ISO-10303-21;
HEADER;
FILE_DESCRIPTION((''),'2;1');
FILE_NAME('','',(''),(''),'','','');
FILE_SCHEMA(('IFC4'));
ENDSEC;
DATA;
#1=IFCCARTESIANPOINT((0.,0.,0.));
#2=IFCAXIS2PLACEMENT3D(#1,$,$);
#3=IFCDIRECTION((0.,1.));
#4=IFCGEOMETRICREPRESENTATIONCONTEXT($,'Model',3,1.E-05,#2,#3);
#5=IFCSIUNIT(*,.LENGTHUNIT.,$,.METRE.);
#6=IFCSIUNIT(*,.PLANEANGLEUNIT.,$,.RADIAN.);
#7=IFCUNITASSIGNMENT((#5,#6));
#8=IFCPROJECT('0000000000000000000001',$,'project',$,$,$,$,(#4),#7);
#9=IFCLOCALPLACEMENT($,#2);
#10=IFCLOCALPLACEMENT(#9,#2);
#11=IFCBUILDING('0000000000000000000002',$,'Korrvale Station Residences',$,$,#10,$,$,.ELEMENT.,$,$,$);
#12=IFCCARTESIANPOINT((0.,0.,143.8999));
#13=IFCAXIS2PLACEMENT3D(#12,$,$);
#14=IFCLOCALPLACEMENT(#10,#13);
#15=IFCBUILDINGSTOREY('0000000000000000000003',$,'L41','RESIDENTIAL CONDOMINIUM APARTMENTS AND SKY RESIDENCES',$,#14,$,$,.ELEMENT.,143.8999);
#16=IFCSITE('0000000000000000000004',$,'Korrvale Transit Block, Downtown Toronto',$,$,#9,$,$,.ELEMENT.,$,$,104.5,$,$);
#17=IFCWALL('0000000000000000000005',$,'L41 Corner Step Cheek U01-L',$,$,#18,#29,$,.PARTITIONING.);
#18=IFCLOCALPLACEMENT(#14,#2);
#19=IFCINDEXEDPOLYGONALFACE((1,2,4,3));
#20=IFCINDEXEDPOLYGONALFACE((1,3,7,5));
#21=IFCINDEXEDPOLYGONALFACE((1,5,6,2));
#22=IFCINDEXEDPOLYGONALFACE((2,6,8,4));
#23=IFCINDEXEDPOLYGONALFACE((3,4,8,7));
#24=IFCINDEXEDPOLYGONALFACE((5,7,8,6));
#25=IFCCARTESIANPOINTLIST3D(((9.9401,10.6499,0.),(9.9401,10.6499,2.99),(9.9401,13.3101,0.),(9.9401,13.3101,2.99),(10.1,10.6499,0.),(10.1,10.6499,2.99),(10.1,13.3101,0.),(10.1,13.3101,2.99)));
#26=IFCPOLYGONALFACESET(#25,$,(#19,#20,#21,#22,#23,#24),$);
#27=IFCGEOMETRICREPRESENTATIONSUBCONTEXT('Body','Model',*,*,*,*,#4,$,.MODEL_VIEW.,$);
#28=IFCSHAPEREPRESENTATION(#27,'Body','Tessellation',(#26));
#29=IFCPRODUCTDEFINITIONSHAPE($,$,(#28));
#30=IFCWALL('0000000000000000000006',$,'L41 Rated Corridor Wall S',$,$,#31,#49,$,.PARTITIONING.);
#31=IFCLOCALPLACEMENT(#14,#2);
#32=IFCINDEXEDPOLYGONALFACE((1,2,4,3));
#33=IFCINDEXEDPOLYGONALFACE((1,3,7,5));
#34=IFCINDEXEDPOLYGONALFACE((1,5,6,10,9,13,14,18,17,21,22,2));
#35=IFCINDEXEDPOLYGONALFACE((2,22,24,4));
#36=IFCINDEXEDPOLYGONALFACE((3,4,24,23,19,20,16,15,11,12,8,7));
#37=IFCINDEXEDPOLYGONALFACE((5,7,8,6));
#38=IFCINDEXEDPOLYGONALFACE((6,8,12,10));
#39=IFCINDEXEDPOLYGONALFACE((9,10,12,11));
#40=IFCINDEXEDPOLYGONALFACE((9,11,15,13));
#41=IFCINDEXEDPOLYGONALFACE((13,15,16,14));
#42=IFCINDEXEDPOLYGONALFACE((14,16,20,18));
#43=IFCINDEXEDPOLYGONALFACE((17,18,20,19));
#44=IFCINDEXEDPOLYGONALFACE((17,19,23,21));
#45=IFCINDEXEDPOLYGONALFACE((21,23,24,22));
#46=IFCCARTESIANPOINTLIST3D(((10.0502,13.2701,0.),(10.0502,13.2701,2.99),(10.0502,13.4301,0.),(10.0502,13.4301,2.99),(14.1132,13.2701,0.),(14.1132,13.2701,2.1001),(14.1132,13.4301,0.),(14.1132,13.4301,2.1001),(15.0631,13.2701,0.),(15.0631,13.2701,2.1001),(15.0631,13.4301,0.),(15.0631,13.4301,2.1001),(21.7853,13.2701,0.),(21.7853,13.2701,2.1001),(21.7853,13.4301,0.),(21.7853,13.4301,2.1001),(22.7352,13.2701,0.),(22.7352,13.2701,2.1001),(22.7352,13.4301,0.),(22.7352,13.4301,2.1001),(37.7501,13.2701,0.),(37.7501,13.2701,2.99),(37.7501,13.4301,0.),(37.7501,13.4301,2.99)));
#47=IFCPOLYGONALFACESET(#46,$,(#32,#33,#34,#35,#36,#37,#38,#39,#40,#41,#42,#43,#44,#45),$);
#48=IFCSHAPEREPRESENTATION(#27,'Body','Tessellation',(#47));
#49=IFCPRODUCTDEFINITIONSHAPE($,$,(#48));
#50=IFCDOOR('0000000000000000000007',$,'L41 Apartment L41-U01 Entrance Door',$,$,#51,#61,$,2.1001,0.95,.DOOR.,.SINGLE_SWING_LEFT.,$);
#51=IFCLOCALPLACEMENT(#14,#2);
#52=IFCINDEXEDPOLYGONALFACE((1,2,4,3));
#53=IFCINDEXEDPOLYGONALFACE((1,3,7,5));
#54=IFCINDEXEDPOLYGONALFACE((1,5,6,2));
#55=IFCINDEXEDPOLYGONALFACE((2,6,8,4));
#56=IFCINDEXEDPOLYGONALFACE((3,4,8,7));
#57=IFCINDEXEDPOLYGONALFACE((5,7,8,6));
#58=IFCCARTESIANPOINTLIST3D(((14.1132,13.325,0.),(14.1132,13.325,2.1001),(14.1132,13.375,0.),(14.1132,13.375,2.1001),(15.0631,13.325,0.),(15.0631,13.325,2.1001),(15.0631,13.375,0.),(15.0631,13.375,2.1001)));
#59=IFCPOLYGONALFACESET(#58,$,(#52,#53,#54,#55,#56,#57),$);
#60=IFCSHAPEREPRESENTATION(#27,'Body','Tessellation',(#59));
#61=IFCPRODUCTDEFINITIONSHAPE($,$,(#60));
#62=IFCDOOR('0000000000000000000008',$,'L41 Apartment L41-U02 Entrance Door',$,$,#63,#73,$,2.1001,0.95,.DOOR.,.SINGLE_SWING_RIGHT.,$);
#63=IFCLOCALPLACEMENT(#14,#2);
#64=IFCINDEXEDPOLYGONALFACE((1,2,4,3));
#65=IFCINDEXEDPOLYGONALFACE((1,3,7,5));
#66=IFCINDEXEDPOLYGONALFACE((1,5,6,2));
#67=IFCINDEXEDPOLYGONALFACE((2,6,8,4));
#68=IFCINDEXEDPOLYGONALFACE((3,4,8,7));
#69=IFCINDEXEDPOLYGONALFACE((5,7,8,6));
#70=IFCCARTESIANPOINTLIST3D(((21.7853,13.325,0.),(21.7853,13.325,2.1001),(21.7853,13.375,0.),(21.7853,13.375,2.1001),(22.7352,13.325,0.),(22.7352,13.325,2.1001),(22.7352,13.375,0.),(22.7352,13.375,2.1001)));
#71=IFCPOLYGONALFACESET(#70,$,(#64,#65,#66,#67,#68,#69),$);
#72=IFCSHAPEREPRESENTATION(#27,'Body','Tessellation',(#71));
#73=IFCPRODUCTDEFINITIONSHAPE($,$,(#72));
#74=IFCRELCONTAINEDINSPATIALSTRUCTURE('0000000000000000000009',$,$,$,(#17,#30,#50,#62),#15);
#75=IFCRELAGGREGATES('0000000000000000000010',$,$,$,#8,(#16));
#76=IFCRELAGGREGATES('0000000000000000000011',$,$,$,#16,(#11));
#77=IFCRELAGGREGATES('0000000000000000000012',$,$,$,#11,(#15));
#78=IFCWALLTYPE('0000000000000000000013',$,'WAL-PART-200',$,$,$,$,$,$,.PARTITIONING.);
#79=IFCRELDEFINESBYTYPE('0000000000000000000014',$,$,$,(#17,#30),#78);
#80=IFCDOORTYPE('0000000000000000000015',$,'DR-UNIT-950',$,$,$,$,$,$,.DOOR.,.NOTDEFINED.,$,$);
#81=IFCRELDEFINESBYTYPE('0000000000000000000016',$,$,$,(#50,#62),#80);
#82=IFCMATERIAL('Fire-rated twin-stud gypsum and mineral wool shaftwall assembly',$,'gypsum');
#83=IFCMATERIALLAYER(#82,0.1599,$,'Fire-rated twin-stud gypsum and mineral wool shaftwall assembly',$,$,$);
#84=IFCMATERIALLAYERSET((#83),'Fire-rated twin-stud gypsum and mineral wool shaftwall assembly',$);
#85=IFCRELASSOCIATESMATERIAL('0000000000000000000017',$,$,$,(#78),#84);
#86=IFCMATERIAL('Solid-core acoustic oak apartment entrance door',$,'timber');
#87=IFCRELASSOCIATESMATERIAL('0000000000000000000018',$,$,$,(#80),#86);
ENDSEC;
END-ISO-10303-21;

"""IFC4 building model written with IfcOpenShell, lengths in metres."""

from ifc_helpers import new_model, si_unit, direction, frame, frame_2d, origin, place, context, subcontext, project, spatial, rectangle, extrude, material, layer, layer_set, type_object, element, fill, save


model = new_model("IFC4")

# Units and contexts
model_context = context("Model", 3, precision=1e-05, world=origin(), true_north=direction((0.0, 1.0)))
body_context = subcontext(model_context, "Body", "Model", "MODEL_VIEW")
ifc_project = project(units=[si_unit("LENGTHUNIT", "METRE"), si_unit("PLANEANGLEUNIT", "RADIAN")], contexts=[model_context])

# Site, building, storey
site_placement = place(None, origin())
site = spatial("IfcSite", under=ifc_project, at=site_placement, Name="Korrvale Transit Block, Downtown Toronto", CompositionType="ELEMENT", RefElevation=104.5)
building_placement = place(site_placement, origin())
building = spatial("IfcBuilding", under=site, at=building_placement, Name="Korrvale Station Residences", CompositionType="ELEMENT")
storey_placement = place(building_placement, frame((0.0, 0.0, 143.8999)))
storey = spatial("IfcBuildingStorey", under=building, at=storey_placement, Name="L41", Description="RESIDENTIAL CONDOMINIUM APARTMENTS AND SKY RESIDENCES", CompositionType="ELEMENT", Elevation=143.8999)

# Wall
ifc_material_1 = material(Name="Fire-rated twin-stud gypsum and mineral wool shaftwall assembly", Category="gypsum")
ifc_layer_1 = layer(ifc_material_1, 0.1599, Name="Fire-rated twin-stud gypsum and mineral wool shaftwall assembly")
ifc_layer_set_1 = layer_set([ifc_layer_1], Name="Fire-rated twin-stud gypsum and mineral wool shaftwall assembly")
wall_type_1 = type_object("IfcWallType", Name="WAL-PART-200", PredefinedType="PARTITIONING", material=ifc_layer_set_1)
wall_1_placement = place(storey_placement, frame((10.02, 10.6499, 0.0), z_axis=(0.0, 0.0, 1.0), x_axis=(0.0, 1.0, 0.0)))
element("IfcWall", 1, at=wall_1_placement, inside=storey, type_object=wall_type_1, Name="L41 Corner Step Cheek U01-L", PredefinedType="PARTITIONING", context=body_context, shape_type="SweptSolid", body=[
    extrude(rectangle(XDim=2.6602, YDim=0.1599, at=frame_2d((1.3301, 0.0))), origin(), (0.0, 0.0, 1.0), 2.99),
])

# Wall, openings, doors
wall_2_placement = place(storey_placement, frame((10.05, 13.3501, 0.0), z_axis=(0.0, 0.0, 1.0), x_axis=(1.0, 0.0, 0.0)))
wall_2 = element("IfcWall", 2, at=wall_2_placement, inside=storey, type_object=wall_type_1, Name="L41 Rated Corridor Wall S", PredefinedType="PARTITIONING", context=body_context, shape_type="SweptSolid", body=[
    extrude(rectangle(XDim=27.7, YDim=0.1599, at=frame_2d((13.8501, 0.0))), origin(), (0.0, 0.0, 1.0), 2.99),
])
opening_1_placement = place(wall_2_placement, frame((4.063, 0.0, 0.0)))
opening_1 = element("IfcOpeningElement", 3, at=opening_1_placement, cuts=wall_2, PredefinedType="OPENING", context=body_context, shape_type="SweptSolid", body=[
    extrude(rectangle(XDim=0.95, YDim=2.1001, at=frame_2d((0.4751, 1.05))), frame((0.0, 0.0898, 0.0), z_axis=(0.0, -1.0, 0.0), x_axis=(1.0, 0.0, 0.0)), (0.0, 0.0, 1.0), 0.1799),
])
opening_2_placement = place(wall_2_placement, frame((11.7351, 0.0, 0.0)))
opening_2 = element("IfcOpeningElement", 4, at=opening_2_placement, cuts=wall_2, PredefinedType="OPENING", context=body_context, shape_type="SweptSolid", body=[
    extrude(rectangle(XDim=0.95, YDim=2.1001, at=frame_2d((0.4751, 1.05))), frame((0.0, 0.0898, 0.0), z_axis=(0.0, -1.0, 0.0), x_axis=(1.0, 0.0, 0.0)), (0.0, 0.0, 1.0), 0.1799),
])
ifc_material_2 = material(Name="Solid-core acoustic oak apartment entrance door", Category="timber")
door_type_1 = type_object("IfcDoorType", Name="DR-UNIT-950", OperationType="NOTDEFINED", PredefinedType="DOOR", material=ifc_material_2)
door_1_placement = place(opening_1_placement, origin())
door_1 = element("IfcDoor", 5, at=door_1_placement, inside=storey, type_object=door_type_1, Name="L41 Apartment L41-U01 Entrance Door", OperationType="SINGLE_SWING_LEFT", OverallHeight=2.1001, OverallWidth=0.95, PredefinedType="DOOR", context=body_context, shape_type="SweptSolid", body=[
    extrude(rectangle(XDim=0.95, YDim=2.1001, at=frame_2d((0.4751, 1.05))), frame((0.0, 0.0249, 0.0), z_axis=(0.0, -1.0, 0.0), x_axis=(1.0, 0.0, 0.0)), (0.0, 0.0, 1.0), 0.05),
])
fill(opening_1, door_1)
door_2_placement = place(opening_2_placement, origin())
door_2 = element("IfcDoor", 6, at=door_2_placement, inside=storey, type_object=door_type_1, Name="L41 Apartment L41-U02 Entrance Door", OperationType="SINGLE_SWING_RIGHT", OverallHeight=2.1001, OverallWidth=0.95, PredefinedType="DOOR", context=body_context, shape_type="SweptSolid", body=[
    extrude(rectangle(XDim=0.95, YDim=2.1001, at=frame_2d((0.4751, 1.05))), frame((0.0, 0.0249, 0.0), z_axis=(0.0, -1.0, 0.0), x_axis=(1.0, 0.0, 0.0)), (0.0, 0.0, 1.0), 0.05),
])
fill(opening_2, door_2)

save(model, "model.ifc")
